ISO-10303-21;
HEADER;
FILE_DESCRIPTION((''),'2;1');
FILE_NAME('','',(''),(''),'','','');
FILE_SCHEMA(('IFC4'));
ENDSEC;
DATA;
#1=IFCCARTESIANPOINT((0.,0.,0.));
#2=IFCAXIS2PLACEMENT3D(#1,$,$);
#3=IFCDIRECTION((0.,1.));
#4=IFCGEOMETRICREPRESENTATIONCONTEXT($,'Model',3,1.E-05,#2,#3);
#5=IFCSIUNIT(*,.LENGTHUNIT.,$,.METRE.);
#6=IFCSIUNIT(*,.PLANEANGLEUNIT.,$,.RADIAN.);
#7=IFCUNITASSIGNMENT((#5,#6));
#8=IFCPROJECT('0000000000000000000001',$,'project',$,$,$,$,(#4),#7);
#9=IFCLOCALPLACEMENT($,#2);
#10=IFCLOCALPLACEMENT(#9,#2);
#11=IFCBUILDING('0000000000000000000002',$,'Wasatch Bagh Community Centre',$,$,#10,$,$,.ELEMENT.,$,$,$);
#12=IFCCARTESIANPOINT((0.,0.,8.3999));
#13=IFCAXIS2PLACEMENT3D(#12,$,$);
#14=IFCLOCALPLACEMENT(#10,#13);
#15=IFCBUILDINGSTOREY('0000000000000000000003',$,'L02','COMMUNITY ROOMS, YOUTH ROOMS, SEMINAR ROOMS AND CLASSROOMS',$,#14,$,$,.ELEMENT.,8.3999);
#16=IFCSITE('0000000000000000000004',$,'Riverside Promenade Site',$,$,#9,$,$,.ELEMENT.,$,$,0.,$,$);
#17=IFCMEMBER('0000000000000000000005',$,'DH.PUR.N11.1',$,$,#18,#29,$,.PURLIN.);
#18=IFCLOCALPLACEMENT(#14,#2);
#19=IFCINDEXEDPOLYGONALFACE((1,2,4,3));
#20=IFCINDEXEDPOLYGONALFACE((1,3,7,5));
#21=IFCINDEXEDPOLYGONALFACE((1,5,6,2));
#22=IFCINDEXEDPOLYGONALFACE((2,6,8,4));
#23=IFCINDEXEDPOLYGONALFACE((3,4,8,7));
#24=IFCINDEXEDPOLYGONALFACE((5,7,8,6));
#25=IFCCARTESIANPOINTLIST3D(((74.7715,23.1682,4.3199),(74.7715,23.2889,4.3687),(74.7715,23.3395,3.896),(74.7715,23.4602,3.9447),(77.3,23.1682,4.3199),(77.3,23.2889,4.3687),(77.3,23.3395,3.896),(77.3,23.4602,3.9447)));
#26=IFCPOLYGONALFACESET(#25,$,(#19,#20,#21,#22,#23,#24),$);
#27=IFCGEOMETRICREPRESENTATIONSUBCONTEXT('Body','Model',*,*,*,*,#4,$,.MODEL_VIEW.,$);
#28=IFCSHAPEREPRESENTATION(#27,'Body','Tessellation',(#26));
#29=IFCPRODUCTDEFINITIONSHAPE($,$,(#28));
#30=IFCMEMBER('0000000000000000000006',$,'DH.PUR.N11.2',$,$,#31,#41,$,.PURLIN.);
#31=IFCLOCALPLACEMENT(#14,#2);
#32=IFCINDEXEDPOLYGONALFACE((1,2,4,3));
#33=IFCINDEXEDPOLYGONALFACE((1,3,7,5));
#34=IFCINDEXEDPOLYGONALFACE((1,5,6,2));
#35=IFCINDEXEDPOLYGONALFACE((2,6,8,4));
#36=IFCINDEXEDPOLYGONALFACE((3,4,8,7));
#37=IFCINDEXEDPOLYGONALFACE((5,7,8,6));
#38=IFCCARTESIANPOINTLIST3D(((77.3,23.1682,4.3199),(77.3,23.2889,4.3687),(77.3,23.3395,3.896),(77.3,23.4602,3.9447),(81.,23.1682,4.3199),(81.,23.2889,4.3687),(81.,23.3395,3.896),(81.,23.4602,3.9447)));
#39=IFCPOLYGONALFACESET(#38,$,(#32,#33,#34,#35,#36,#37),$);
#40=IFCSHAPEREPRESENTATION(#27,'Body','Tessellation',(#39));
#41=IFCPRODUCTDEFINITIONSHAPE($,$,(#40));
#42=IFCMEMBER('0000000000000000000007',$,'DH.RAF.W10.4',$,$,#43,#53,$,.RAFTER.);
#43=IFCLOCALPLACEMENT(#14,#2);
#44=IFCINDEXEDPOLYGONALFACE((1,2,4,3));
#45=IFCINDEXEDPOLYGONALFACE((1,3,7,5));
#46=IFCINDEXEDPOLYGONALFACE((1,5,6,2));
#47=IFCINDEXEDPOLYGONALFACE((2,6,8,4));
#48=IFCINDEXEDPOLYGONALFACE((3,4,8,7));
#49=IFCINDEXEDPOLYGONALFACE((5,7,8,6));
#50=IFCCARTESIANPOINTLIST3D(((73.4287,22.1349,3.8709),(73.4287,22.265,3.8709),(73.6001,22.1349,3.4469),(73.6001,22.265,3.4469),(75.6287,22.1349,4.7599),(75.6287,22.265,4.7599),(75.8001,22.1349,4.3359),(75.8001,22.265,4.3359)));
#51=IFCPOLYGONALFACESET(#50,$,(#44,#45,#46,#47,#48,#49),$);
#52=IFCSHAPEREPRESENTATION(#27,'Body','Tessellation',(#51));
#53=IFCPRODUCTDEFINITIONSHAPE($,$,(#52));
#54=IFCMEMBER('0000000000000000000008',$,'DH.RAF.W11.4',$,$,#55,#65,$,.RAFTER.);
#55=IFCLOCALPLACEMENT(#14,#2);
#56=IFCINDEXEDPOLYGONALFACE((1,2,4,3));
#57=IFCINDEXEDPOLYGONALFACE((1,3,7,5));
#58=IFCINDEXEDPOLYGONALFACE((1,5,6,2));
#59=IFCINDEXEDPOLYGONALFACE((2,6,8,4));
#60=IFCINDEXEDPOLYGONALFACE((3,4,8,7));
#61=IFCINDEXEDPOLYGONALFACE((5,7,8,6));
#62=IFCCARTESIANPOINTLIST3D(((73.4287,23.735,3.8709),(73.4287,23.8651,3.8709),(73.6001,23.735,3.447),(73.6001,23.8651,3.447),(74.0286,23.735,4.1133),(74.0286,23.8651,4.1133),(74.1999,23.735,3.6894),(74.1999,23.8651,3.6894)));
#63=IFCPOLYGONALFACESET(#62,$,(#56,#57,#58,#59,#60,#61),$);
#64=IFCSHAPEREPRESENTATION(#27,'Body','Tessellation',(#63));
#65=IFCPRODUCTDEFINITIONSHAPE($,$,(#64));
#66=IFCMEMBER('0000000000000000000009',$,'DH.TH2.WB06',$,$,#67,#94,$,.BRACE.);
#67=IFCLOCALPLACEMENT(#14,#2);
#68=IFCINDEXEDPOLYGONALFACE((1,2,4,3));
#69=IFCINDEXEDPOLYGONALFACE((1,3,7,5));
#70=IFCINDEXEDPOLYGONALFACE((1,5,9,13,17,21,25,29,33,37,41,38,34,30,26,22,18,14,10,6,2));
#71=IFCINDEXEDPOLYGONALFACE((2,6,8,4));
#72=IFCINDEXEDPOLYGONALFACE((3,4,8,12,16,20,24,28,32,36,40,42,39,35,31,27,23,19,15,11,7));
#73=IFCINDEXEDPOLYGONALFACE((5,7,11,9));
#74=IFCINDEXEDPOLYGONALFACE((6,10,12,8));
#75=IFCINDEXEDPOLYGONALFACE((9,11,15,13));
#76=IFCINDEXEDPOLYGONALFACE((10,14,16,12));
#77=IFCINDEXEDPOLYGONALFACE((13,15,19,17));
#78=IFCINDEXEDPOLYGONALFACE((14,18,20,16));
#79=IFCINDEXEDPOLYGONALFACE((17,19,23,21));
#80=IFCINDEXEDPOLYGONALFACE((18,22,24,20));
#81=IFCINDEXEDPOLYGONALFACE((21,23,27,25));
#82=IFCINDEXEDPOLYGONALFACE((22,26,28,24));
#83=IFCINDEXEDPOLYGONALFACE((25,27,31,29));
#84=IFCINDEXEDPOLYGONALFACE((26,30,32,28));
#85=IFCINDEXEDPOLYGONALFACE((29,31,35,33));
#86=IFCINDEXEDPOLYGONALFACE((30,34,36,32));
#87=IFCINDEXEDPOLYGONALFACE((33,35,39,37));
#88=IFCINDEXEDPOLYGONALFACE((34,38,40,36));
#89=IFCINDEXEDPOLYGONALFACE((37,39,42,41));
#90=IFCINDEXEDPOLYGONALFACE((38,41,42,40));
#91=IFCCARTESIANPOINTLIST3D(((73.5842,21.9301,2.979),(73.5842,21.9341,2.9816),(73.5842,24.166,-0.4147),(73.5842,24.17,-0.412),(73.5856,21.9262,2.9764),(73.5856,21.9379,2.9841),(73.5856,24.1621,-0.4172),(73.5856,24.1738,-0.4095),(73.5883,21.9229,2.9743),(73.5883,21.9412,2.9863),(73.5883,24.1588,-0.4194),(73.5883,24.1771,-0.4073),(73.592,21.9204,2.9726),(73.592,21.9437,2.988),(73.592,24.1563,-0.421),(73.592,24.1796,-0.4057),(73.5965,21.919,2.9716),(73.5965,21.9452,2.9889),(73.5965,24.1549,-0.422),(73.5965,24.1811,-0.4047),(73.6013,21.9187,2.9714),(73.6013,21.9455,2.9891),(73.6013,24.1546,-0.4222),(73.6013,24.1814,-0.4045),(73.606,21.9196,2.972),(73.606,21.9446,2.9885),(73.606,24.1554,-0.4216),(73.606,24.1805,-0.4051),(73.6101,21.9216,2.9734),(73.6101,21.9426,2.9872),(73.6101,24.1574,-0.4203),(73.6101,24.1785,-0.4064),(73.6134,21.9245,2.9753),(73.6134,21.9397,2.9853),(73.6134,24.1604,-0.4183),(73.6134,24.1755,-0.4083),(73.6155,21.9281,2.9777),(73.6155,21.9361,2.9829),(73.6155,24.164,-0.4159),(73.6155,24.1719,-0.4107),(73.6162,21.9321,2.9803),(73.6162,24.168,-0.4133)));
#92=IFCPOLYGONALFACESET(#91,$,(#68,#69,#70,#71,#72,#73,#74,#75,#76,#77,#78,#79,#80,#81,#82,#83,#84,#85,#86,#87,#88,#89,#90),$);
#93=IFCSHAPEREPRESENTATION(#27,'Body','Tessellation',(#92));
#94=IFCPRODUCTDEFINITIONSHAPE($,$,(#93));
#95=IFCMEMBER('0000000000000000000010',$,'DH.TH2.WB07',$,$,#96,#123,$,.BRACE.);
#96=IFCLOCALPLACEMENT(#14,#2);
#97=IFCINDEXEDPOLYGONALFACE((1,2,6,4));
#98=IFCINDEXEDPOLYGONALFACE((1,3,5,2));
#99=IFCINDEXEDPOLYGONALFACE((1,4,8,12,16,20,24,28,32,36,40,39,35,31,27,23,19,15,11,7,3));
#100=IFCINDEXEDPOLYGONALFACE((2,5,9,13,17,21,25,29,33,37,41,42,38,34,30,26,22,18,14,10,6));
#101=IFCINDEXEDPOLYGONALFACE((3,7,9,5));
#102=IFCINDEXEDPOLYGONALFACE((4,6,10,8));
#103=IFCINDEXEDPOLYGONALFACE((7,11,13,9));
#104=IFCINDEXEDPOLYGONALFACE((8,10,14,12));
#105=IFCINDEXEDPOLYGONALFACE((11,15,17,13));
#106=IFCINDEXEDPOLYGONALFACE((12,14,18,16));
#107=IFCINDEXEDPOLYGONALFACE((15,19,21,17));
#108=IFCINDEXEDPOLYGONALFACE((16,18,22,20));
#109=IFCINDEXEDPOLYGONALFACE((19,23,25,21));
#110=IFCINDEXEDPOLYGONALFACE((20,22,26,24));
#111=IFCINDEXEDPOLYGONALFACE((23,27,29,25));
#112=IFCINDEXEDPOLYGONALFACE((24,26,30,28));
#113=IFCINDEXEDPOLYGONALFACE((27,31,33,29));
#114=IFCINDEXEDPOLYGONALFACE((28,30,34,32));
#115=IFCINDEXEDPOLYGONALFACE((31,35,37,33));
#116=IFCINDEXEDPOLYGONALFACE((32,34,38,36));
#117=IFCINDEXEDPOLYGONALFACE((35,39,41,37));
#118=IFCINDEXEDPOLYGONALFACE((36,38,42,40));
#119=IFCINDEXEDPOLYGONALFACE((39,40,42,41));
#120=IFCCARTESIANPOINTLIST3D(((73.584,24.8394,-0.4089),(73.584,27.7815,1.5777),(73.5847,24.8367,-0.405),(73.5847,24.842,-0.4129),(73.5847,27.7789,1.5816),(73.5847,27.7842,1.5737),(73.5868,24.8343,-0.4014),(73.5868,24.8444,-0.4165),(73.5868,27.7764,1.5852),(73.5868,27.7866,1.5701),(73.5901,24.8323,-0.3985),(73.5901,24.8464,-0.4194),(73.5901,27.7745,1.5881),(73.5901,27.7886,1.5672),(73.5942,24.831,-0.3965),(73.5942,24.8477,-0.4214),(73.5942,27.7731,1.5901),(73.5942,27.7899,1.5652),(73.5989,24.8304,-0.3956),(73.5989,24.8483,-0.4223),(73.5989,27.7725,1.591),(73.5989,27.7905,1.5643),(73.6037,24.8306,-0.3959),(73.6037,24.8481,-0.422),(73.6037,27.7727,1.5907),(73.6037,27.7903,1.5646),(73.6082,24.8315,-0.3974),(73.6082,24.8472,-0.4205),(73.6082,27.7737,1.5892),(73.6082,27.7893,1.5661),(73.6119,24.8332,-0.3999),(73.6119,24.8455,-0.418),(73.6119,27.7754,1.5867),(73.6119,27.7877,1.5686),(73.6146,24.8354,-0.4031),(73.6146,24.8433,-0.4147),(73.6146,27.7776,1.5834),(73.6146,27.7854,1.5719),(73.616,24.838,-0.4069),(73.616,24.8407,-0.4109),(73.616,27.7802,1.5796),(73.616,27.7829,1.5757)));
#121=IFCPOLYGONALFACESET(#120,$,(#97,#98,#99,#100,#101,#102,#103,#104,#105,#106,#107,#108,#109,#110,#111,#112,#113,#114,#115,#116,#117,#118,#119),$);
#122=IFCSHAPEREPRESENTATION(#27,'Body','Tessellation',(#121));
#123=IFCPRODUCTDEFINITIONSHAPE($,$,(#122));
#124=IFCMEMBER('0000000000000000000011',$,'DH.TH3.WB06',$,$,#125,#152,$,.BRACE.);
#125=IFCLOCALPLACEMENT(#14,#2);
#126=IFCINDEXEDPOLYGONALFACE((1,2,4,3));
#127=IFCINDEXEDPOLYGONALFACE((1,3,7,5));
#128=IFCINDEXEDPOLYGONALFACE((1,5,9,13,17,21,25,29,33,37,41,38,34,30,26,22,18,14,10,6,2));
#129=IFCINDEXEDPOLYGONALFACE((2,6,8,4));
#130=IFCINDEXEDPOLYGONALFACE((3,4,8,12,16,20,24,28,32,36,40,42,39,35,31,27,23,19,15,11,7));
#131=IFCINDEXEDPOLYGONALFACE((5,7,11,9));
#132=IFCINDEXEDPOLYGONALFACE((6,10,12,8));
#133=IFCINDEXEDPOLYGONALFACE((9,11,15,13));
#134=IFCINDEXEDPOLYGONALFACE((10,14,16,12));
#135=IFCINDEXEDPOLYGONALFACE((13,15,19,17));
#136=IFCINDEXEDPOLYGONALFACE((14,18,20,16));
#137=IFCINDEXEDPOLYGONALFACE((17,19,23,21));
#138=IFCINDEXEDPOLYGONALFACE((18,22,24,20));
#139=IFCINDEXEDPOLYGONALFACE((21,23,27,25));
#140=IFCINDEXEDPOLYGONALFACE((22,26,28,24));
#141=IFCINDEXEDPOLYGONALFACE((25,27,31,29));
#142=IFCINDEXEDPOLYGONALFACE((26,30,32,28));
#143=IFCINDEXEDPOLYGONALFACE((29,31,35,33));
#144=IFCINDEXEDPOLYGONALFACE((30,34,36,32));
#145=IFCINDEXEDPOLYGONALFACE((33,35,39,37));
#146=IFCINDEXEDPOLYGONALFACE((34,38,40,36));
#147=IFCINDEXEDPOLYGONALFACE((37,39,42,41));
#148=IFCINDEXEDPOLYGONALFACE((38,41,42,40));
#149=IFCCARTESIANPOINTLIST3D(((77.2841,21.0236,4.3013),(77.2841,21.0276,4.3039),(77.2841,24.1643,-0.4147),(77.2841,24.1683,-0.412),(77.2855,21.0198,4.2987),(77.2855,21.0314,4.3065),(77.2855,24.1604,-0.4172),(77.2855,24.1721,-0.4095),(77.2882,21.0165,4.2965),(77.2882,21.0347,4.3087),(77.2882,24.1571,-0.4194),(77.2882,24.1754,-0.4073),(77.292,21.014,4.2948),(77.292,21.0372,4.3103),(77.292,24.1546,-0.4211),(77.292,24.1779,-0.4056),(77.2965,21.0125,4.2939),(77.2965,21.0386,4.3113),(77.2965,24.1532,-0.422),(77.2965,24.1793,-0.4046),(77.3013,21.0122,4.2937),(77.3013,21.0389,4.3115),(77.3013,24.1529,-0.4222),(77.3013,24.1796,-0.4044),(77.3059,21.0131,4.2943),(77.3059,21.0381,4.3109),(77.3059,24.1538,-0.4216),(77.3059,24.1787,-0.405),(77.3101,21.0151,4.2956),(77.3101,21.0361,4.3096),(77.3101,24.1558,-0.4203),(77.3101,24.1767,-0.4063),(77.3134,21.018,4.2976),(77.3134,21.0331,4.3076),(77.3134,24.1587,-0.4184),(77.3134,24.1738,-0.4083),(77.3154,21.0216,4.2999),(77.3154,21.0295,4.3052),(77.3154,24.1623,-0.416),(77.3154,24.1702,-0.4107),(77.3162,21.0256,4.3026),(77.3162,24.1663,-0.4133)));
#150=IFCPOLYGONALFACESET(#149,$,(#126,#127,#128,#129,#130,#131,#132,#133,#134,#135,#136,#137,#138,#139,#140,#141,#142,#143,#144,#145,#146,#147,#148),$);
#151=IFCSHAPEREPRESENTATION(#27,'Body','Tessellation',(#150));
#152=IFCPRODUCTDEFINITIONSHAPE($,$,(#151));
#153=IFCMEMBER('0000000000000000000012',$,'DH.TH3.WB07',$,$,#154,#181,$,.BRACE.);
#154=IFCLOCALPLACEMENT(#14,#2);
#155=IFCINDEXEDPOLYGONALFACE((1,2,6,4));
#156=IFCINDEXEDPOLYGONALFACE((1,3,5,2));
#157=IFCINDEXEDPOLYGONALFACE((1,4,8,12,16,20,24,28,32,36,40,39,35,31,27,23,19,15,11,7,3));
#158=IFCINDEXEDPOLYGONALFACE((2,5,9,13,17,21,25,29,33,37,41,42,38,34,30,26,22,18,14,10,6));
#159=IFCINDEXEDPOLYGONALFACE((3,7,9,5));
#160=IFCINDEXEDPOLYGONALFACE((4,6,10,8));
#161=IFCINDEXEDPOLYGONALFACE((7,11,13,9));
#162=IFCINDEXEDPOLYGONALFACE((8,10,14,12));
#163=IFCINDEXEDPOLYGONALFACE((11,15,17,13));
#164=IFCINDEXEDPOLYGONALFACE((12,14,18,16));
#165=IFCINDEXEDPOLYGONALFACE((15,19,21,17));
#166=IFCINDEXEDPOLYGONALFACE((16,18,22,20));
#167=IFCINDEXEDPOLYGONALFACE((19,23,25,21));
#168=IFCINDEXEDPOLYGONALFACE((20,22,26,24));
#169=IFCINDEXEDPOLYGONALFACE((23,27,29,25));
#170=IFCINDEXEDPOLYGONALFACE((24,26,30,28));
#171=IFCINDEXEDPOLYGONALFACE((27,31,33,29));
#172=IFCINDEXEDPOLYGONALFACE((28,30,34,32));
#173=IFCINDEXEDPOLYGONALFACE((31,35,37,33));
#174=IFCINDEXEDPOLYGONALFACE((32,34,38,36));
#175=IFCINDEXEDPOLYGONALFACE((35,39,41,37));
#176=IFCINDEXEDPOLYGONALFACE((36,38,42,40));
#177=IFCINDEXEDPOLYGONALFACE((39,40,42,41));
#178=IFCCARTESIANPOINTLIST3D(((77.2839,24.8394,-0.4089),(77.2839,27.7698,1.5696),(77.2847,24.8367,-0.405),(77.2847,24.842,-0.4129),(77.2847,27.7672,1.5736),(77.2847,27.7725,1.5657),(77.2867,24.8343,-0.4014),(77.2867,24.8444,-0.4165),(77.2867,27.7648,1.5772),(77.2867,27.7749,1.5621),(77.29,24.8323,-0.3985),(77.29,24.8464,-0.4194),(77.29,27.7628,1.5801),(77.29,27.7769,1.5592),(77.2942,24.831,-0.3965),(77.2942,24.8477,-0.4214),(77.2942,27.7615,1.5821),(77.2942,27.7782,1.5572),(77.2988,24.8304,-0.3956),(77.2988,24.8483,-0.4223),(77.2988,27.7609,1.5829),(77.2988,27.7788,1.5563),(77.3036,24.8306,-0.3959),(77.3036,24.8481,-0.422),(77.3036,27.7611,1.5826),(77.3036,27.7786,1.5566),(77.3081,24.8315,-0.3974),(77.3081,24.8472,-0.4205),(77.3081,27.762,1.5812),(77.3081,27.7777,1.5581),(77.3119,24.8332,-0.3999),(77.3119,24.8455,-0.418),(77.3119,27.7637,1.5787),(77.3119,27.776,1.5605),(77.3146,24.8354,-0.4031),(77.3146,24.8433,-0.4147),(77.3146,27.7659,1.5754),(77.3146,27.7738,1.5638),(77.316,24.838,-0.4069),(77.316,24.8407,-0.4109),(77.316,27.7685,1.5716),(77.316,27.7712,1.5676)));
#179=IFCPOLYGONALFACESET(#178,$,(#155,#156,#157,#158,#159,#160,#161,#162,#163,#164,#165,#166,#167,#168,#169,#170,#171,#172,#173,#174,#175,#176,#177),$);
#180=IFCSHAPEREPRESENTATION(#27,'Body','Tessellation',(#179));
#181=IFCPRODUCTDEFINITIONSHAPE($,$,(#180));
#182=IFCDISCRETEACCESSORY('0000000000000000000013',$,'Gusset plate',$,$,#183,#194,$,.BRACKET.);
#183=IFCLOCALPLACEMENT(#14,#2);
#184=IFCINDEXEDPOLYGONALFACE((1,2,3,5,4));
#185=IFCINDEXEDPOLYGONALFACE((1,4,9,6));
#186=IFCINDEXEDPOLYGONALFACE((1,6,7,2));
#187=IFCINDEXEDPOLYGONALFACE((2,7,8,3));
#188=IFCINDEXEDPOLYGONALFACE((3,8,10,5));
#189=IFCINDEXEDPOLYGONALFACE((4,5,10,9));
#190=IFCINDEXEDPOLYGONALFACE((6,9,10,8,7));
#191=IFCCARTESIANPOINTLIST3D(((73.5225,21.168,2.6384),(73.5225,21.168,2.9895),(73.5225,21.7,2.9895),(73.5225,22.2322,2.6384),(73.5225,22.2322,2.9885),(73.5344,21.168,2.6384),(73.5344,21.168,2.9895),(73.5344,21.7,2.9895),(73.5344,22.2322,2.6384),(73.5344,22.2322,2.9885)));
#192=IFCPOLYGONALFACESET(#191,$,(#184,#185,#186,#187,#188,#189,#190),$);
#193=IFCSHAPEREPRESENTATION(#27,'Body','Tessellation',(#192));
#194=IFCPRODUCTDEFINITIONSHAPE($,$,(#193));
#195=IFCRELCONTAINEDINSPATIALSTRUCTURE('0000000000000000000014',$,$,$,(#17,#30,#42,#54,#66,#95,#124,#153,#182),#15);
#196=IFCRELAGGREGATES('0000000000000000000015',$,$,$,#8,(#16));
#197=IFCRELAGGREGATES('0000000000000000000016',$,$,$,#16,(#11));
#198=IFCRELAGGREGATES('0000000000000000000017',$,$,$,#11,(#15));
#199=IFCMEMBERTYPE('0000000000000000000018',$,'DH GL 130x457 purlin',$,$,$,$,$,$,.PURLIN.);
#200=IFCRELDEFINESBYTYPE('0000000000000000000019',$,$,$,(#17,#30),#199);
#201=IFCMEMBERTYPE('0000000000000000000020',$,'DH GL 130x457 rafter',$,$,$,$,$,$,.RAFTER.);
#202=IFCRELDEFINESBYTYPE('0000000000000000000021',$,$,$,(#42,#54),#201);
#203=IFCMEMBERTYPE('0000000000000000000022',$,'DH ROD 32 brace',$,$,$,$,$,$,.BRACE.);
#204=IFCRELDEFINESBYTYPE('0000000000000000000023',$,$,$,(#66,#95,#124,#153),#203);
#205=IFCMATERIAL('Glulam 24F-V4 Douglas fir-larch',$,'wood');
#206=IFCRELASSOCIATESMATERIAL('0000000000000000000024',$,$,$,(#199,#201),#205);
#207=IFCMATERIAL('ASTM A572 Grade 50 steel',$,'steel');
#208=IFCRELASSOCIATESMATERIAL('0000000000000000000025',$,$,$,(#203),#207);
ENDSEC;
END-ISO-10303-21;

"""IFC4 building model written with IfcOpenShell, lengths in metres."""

from ifc_helpers import new_model, si_unit, direction, frame, origin, origin_2d, place, context, subcontext, project, spatial, polyline, rectangle, circle, outline, extrude, material, material_profile, profile_set, type_object, element, save


model = new_model("IFC4")

# Units and contexts
model_context = context("Model", 3, precision=1e-05, world=origin(), true_north=direction((0.0, 1.0)))
body_context = subcontext(model_context, "Body", "Model", "MODEL_VIEW")
ifc_project = project(units=[si_unit("LENGTHUNIT", "METRE"), si_unit("PLANEANGLEUNIT", "RADIAN")], contexts=[model_context])

# Site, building, storey
site_placement = place(None, origin())
site = spatial("IfcSite", under=ifc_project, at=site_placement, Name="Riverside Promenade Site", CompositionType="ELEMENT", RefElevation=0.0)
building_placement = place(site_placement, origin())
building = spatial("IfcBuilding", under=site, at=building_placement, Name="Wasatch Bagh Community Centre", CompositionType="ELEMENT")
storey_placement = place(building_placement, frame((0.0, 0.0, 8.3999)))
storey = spatial("IfcBuildingStorey", under=building, at=storey_placement, Name="L02", Description="COMMUNITY ROOMS, YOUTH ROOMS, SEMINAR ROOMS AND CLASSROOMS", CompositionType="ELEMENT", Elevation=8.3999)

# Members
ifc_material_1 = material(Name="Glulam 24F-V4 Douglas fir-larch", Category="wood")
ifc_material_profile_1 = material_profile(ifc_material_1, rectangle(XDim=0.1301, YDim=0.4573, at=origin_2d()), Name="GL 130x457")
ifc_profile_set_1 = profile_set([ifc_material_profile_1], Name="Glulam 24F-V4 Douglas fir-larch")
member_type_1 = type_object("IfcMemberType", Name="DH GL 130x457 purlin", PredefinedType="PURLIN", material=ifc_profile_set_1)
member_1_placement = place(storey_placement, frame((74.7715, 23.3142, 4.1323), z_axis=(1.0, 0.0, 0.0), x_axis=(0.0, 0.927184, 0.374607)))
element("IfcMember", 1, at=member_1_placement, inside=storey, type_object=member_type_1, Name="DH.PUR.N11.1", PredefinedType="PURLIN", context=body_context, shape_type="SweptSolid", body=[
    extrude(rectangle(XDim=0.1301, YDim=0.4573, at=origin_2d()), origin(), (0.0, 0.0, 1.0), 2.5286),
])
member_2_placement = place(storey_placement, frame((77.3, 23.3142, 4.1323), z_axis=(1.0, 0.0, 0.0), x_axis=(0.0, 0.927184, 0.374607)))
element("IfcMember", 2, at=member_2_placement, inside=storey, type_object=member_type_1, Name="DH.PUR.N11.2", PredefinedType="PURLIN", context=body_context, shape_type="SweptSolid", body=[
    extrude(rectangle(XDim=0.1301, YDim=0.4573, at=origin_2d()), origin(), (0.0, 0.0, 1.0), 3.7),
])
ifc_material_profile_2 = material_profile(ifc_material_1, rectangle(XDim=0.1301, YDim=0.4573, at=origin_2d()), Name="GL 130x457")
ifc_profile_set_2 = profile_set([ifc_material_profile_2], Name="Glulam 24F-V4 Douglas fir-larch")
member_type_2 = type_object("IfcMemberType", Name="DH GL 130x457 rafter", PredefinedType="RAFTER", material=ifc_profile_set_2)
member_3_placement = place(storey_placement, frame((73.5144, 22.2, 3.6589), z_axis=(0.927172, 0.0, 0.374635), x_axis=(0.0, 1.0, 0.0)))
element("IfcMember", 3, at=member_3_placement, inside=storey, type_object=member_type_2, Name="DH.RAF.W10.4", PredefinedType="RAFTER", context=body_context, shape_type="SweptSolid", body=[
    extrude(rectangle(XDim=0.1301, YDim=0.4573, at=origin_2d()), origin(), (0.0, 0.0, 1.0), 2.3728),
])
member_4_placement = place(storey_placement, frame((73.5144, 23.8, 3.6589), z_axis=(0.927144, 0.0, 0.374706), x_axis=(0.0, 1.0, 0.0)))
element("IfcMember", 4, at=member_4_placement, inside=storey, type_object=member_type_2, Name="DH.RAF.W11.4", PredefinedType="RAFTER", context=body_context, shape_type="SweptSolid", body=[
    extrude(rectangle(XDim=0.1301, YDim=0.4573, at=origin_2d()), origin(), (0.0, 0.0, 1.0), 0.647),
])
ifc_material_2 = material(Name="ASTM A572 Grade 50 steel", Category="steel")
ifc_material_profile_3 = material_profile(ifc_material_2, circle(Radius=0.0161, at=origin_2d()), Name="ROD 32")
ifc_profile_set_3 = profile_set([ifc_material_profile_3], Name="ASTM A572 Grade 50 steel")
member_type_3 = type_object("IfcMemberType", Name="DH ROD 32 brace", PredefinedType="BRACE", material=ifc_profile_set_3)
member_5_placement = place(storey_placement, frame((73.6001, 24.168, -0.4133), z_axis=(0.0, -0.550172, 0.835051), x_axis=(1.0, 0.0, 0.0)))
element("IfcMember", 5, at=member_5_placement, inside=storey, type_object=member_type_3, Name="DH.TH2.WB06", PredefinedType="BRACE", context=body_context, shape_type="SweptSolid", body=[
    extrude(circle(Radius=0.0161, at=origin_2d()), origin(), (0.0, 0.0, 1.0), 4.064),
])
member_6_placement = place(storey_placement, frame((73.6001, 24.8394, -0.4089), z_axis=(0.0, 0.828767, 0.559595), x_axis=(-1.0, 0.0, 0.0)))
element("IfcMember", 6, at=member_6_placement, inside=storey, type_object=member_type_3, Name="DH.TH2.WB07", PredefinedType="BRACE", context=body_context, shape_type="SweptSolid", body=[
    extrude(circle(Radius=0.0161, at=origin_2d()), origin(), (0.0, 0.0, 1.0), 3.55),
])
member_7_placement = place(storey_placement, frame((77.3, 24.1663, -0.4133), z_axis=(0.0, -0.554302, 0.832315), x_axis=(1.0, 0.0, 0.0)))
element("IfcMember", 7, at=member_7_placement, inside=storey, type_object=member_type_3, Name="DH.TH3.WB06", PredefinedType="BRACE", context=body_context, shape_type="SweptSolid", body=[
    extrude(circle(Radius=0.0161, at=origin_2d()), origin(), (0.0, 0.0, 1.0), 5.666),
])
member_8_placement = place(storey_placement, frame((77.3, 24.8394, -0.4089), z_axis=(0.0, 0.828785, 0.559567), x_axis=(-1.0, 0.0, 0.0)))
element("IfcMember", 8, at=member_8_placement, inside=storey, type_object=member_type_3, Name="DH.TH3.WB07", PredefinedType="BRACE", context=body_context, shape_type="SweptSolid", body=[
    extrude(circle(Radius=0.0161, at=origin_2d()), origin(), (0.0, 0.0, 1.0), 3.5359),
])

# Discrete accessory
discrete_accessory_1_placement = place(storey_placement, frame((73.5225, 21.168, 2.9895), z_axis=(-1.0, 0.0, 0.0), x_axis=(0.0, 1.0, 0.0)))
element("IfcDiscreteAccessory", 9, at=discrete_accessory_1_placement, inside=storey, Name="Gusset plate", PredefinedType="BRACKET", context=body_context, shape_type="SweptSolid", body=[
    extrude(outline(polyline([(0.0, 0.0), (0.532, 0.0), (1.0642, 0.001), (1.0642, 0.3511), (0.0, 0.3511), (0.0, 0.0)])), origin(), (0.0, 0.0, -1.0), 0.012),
])

save(model, "model.ifc")
